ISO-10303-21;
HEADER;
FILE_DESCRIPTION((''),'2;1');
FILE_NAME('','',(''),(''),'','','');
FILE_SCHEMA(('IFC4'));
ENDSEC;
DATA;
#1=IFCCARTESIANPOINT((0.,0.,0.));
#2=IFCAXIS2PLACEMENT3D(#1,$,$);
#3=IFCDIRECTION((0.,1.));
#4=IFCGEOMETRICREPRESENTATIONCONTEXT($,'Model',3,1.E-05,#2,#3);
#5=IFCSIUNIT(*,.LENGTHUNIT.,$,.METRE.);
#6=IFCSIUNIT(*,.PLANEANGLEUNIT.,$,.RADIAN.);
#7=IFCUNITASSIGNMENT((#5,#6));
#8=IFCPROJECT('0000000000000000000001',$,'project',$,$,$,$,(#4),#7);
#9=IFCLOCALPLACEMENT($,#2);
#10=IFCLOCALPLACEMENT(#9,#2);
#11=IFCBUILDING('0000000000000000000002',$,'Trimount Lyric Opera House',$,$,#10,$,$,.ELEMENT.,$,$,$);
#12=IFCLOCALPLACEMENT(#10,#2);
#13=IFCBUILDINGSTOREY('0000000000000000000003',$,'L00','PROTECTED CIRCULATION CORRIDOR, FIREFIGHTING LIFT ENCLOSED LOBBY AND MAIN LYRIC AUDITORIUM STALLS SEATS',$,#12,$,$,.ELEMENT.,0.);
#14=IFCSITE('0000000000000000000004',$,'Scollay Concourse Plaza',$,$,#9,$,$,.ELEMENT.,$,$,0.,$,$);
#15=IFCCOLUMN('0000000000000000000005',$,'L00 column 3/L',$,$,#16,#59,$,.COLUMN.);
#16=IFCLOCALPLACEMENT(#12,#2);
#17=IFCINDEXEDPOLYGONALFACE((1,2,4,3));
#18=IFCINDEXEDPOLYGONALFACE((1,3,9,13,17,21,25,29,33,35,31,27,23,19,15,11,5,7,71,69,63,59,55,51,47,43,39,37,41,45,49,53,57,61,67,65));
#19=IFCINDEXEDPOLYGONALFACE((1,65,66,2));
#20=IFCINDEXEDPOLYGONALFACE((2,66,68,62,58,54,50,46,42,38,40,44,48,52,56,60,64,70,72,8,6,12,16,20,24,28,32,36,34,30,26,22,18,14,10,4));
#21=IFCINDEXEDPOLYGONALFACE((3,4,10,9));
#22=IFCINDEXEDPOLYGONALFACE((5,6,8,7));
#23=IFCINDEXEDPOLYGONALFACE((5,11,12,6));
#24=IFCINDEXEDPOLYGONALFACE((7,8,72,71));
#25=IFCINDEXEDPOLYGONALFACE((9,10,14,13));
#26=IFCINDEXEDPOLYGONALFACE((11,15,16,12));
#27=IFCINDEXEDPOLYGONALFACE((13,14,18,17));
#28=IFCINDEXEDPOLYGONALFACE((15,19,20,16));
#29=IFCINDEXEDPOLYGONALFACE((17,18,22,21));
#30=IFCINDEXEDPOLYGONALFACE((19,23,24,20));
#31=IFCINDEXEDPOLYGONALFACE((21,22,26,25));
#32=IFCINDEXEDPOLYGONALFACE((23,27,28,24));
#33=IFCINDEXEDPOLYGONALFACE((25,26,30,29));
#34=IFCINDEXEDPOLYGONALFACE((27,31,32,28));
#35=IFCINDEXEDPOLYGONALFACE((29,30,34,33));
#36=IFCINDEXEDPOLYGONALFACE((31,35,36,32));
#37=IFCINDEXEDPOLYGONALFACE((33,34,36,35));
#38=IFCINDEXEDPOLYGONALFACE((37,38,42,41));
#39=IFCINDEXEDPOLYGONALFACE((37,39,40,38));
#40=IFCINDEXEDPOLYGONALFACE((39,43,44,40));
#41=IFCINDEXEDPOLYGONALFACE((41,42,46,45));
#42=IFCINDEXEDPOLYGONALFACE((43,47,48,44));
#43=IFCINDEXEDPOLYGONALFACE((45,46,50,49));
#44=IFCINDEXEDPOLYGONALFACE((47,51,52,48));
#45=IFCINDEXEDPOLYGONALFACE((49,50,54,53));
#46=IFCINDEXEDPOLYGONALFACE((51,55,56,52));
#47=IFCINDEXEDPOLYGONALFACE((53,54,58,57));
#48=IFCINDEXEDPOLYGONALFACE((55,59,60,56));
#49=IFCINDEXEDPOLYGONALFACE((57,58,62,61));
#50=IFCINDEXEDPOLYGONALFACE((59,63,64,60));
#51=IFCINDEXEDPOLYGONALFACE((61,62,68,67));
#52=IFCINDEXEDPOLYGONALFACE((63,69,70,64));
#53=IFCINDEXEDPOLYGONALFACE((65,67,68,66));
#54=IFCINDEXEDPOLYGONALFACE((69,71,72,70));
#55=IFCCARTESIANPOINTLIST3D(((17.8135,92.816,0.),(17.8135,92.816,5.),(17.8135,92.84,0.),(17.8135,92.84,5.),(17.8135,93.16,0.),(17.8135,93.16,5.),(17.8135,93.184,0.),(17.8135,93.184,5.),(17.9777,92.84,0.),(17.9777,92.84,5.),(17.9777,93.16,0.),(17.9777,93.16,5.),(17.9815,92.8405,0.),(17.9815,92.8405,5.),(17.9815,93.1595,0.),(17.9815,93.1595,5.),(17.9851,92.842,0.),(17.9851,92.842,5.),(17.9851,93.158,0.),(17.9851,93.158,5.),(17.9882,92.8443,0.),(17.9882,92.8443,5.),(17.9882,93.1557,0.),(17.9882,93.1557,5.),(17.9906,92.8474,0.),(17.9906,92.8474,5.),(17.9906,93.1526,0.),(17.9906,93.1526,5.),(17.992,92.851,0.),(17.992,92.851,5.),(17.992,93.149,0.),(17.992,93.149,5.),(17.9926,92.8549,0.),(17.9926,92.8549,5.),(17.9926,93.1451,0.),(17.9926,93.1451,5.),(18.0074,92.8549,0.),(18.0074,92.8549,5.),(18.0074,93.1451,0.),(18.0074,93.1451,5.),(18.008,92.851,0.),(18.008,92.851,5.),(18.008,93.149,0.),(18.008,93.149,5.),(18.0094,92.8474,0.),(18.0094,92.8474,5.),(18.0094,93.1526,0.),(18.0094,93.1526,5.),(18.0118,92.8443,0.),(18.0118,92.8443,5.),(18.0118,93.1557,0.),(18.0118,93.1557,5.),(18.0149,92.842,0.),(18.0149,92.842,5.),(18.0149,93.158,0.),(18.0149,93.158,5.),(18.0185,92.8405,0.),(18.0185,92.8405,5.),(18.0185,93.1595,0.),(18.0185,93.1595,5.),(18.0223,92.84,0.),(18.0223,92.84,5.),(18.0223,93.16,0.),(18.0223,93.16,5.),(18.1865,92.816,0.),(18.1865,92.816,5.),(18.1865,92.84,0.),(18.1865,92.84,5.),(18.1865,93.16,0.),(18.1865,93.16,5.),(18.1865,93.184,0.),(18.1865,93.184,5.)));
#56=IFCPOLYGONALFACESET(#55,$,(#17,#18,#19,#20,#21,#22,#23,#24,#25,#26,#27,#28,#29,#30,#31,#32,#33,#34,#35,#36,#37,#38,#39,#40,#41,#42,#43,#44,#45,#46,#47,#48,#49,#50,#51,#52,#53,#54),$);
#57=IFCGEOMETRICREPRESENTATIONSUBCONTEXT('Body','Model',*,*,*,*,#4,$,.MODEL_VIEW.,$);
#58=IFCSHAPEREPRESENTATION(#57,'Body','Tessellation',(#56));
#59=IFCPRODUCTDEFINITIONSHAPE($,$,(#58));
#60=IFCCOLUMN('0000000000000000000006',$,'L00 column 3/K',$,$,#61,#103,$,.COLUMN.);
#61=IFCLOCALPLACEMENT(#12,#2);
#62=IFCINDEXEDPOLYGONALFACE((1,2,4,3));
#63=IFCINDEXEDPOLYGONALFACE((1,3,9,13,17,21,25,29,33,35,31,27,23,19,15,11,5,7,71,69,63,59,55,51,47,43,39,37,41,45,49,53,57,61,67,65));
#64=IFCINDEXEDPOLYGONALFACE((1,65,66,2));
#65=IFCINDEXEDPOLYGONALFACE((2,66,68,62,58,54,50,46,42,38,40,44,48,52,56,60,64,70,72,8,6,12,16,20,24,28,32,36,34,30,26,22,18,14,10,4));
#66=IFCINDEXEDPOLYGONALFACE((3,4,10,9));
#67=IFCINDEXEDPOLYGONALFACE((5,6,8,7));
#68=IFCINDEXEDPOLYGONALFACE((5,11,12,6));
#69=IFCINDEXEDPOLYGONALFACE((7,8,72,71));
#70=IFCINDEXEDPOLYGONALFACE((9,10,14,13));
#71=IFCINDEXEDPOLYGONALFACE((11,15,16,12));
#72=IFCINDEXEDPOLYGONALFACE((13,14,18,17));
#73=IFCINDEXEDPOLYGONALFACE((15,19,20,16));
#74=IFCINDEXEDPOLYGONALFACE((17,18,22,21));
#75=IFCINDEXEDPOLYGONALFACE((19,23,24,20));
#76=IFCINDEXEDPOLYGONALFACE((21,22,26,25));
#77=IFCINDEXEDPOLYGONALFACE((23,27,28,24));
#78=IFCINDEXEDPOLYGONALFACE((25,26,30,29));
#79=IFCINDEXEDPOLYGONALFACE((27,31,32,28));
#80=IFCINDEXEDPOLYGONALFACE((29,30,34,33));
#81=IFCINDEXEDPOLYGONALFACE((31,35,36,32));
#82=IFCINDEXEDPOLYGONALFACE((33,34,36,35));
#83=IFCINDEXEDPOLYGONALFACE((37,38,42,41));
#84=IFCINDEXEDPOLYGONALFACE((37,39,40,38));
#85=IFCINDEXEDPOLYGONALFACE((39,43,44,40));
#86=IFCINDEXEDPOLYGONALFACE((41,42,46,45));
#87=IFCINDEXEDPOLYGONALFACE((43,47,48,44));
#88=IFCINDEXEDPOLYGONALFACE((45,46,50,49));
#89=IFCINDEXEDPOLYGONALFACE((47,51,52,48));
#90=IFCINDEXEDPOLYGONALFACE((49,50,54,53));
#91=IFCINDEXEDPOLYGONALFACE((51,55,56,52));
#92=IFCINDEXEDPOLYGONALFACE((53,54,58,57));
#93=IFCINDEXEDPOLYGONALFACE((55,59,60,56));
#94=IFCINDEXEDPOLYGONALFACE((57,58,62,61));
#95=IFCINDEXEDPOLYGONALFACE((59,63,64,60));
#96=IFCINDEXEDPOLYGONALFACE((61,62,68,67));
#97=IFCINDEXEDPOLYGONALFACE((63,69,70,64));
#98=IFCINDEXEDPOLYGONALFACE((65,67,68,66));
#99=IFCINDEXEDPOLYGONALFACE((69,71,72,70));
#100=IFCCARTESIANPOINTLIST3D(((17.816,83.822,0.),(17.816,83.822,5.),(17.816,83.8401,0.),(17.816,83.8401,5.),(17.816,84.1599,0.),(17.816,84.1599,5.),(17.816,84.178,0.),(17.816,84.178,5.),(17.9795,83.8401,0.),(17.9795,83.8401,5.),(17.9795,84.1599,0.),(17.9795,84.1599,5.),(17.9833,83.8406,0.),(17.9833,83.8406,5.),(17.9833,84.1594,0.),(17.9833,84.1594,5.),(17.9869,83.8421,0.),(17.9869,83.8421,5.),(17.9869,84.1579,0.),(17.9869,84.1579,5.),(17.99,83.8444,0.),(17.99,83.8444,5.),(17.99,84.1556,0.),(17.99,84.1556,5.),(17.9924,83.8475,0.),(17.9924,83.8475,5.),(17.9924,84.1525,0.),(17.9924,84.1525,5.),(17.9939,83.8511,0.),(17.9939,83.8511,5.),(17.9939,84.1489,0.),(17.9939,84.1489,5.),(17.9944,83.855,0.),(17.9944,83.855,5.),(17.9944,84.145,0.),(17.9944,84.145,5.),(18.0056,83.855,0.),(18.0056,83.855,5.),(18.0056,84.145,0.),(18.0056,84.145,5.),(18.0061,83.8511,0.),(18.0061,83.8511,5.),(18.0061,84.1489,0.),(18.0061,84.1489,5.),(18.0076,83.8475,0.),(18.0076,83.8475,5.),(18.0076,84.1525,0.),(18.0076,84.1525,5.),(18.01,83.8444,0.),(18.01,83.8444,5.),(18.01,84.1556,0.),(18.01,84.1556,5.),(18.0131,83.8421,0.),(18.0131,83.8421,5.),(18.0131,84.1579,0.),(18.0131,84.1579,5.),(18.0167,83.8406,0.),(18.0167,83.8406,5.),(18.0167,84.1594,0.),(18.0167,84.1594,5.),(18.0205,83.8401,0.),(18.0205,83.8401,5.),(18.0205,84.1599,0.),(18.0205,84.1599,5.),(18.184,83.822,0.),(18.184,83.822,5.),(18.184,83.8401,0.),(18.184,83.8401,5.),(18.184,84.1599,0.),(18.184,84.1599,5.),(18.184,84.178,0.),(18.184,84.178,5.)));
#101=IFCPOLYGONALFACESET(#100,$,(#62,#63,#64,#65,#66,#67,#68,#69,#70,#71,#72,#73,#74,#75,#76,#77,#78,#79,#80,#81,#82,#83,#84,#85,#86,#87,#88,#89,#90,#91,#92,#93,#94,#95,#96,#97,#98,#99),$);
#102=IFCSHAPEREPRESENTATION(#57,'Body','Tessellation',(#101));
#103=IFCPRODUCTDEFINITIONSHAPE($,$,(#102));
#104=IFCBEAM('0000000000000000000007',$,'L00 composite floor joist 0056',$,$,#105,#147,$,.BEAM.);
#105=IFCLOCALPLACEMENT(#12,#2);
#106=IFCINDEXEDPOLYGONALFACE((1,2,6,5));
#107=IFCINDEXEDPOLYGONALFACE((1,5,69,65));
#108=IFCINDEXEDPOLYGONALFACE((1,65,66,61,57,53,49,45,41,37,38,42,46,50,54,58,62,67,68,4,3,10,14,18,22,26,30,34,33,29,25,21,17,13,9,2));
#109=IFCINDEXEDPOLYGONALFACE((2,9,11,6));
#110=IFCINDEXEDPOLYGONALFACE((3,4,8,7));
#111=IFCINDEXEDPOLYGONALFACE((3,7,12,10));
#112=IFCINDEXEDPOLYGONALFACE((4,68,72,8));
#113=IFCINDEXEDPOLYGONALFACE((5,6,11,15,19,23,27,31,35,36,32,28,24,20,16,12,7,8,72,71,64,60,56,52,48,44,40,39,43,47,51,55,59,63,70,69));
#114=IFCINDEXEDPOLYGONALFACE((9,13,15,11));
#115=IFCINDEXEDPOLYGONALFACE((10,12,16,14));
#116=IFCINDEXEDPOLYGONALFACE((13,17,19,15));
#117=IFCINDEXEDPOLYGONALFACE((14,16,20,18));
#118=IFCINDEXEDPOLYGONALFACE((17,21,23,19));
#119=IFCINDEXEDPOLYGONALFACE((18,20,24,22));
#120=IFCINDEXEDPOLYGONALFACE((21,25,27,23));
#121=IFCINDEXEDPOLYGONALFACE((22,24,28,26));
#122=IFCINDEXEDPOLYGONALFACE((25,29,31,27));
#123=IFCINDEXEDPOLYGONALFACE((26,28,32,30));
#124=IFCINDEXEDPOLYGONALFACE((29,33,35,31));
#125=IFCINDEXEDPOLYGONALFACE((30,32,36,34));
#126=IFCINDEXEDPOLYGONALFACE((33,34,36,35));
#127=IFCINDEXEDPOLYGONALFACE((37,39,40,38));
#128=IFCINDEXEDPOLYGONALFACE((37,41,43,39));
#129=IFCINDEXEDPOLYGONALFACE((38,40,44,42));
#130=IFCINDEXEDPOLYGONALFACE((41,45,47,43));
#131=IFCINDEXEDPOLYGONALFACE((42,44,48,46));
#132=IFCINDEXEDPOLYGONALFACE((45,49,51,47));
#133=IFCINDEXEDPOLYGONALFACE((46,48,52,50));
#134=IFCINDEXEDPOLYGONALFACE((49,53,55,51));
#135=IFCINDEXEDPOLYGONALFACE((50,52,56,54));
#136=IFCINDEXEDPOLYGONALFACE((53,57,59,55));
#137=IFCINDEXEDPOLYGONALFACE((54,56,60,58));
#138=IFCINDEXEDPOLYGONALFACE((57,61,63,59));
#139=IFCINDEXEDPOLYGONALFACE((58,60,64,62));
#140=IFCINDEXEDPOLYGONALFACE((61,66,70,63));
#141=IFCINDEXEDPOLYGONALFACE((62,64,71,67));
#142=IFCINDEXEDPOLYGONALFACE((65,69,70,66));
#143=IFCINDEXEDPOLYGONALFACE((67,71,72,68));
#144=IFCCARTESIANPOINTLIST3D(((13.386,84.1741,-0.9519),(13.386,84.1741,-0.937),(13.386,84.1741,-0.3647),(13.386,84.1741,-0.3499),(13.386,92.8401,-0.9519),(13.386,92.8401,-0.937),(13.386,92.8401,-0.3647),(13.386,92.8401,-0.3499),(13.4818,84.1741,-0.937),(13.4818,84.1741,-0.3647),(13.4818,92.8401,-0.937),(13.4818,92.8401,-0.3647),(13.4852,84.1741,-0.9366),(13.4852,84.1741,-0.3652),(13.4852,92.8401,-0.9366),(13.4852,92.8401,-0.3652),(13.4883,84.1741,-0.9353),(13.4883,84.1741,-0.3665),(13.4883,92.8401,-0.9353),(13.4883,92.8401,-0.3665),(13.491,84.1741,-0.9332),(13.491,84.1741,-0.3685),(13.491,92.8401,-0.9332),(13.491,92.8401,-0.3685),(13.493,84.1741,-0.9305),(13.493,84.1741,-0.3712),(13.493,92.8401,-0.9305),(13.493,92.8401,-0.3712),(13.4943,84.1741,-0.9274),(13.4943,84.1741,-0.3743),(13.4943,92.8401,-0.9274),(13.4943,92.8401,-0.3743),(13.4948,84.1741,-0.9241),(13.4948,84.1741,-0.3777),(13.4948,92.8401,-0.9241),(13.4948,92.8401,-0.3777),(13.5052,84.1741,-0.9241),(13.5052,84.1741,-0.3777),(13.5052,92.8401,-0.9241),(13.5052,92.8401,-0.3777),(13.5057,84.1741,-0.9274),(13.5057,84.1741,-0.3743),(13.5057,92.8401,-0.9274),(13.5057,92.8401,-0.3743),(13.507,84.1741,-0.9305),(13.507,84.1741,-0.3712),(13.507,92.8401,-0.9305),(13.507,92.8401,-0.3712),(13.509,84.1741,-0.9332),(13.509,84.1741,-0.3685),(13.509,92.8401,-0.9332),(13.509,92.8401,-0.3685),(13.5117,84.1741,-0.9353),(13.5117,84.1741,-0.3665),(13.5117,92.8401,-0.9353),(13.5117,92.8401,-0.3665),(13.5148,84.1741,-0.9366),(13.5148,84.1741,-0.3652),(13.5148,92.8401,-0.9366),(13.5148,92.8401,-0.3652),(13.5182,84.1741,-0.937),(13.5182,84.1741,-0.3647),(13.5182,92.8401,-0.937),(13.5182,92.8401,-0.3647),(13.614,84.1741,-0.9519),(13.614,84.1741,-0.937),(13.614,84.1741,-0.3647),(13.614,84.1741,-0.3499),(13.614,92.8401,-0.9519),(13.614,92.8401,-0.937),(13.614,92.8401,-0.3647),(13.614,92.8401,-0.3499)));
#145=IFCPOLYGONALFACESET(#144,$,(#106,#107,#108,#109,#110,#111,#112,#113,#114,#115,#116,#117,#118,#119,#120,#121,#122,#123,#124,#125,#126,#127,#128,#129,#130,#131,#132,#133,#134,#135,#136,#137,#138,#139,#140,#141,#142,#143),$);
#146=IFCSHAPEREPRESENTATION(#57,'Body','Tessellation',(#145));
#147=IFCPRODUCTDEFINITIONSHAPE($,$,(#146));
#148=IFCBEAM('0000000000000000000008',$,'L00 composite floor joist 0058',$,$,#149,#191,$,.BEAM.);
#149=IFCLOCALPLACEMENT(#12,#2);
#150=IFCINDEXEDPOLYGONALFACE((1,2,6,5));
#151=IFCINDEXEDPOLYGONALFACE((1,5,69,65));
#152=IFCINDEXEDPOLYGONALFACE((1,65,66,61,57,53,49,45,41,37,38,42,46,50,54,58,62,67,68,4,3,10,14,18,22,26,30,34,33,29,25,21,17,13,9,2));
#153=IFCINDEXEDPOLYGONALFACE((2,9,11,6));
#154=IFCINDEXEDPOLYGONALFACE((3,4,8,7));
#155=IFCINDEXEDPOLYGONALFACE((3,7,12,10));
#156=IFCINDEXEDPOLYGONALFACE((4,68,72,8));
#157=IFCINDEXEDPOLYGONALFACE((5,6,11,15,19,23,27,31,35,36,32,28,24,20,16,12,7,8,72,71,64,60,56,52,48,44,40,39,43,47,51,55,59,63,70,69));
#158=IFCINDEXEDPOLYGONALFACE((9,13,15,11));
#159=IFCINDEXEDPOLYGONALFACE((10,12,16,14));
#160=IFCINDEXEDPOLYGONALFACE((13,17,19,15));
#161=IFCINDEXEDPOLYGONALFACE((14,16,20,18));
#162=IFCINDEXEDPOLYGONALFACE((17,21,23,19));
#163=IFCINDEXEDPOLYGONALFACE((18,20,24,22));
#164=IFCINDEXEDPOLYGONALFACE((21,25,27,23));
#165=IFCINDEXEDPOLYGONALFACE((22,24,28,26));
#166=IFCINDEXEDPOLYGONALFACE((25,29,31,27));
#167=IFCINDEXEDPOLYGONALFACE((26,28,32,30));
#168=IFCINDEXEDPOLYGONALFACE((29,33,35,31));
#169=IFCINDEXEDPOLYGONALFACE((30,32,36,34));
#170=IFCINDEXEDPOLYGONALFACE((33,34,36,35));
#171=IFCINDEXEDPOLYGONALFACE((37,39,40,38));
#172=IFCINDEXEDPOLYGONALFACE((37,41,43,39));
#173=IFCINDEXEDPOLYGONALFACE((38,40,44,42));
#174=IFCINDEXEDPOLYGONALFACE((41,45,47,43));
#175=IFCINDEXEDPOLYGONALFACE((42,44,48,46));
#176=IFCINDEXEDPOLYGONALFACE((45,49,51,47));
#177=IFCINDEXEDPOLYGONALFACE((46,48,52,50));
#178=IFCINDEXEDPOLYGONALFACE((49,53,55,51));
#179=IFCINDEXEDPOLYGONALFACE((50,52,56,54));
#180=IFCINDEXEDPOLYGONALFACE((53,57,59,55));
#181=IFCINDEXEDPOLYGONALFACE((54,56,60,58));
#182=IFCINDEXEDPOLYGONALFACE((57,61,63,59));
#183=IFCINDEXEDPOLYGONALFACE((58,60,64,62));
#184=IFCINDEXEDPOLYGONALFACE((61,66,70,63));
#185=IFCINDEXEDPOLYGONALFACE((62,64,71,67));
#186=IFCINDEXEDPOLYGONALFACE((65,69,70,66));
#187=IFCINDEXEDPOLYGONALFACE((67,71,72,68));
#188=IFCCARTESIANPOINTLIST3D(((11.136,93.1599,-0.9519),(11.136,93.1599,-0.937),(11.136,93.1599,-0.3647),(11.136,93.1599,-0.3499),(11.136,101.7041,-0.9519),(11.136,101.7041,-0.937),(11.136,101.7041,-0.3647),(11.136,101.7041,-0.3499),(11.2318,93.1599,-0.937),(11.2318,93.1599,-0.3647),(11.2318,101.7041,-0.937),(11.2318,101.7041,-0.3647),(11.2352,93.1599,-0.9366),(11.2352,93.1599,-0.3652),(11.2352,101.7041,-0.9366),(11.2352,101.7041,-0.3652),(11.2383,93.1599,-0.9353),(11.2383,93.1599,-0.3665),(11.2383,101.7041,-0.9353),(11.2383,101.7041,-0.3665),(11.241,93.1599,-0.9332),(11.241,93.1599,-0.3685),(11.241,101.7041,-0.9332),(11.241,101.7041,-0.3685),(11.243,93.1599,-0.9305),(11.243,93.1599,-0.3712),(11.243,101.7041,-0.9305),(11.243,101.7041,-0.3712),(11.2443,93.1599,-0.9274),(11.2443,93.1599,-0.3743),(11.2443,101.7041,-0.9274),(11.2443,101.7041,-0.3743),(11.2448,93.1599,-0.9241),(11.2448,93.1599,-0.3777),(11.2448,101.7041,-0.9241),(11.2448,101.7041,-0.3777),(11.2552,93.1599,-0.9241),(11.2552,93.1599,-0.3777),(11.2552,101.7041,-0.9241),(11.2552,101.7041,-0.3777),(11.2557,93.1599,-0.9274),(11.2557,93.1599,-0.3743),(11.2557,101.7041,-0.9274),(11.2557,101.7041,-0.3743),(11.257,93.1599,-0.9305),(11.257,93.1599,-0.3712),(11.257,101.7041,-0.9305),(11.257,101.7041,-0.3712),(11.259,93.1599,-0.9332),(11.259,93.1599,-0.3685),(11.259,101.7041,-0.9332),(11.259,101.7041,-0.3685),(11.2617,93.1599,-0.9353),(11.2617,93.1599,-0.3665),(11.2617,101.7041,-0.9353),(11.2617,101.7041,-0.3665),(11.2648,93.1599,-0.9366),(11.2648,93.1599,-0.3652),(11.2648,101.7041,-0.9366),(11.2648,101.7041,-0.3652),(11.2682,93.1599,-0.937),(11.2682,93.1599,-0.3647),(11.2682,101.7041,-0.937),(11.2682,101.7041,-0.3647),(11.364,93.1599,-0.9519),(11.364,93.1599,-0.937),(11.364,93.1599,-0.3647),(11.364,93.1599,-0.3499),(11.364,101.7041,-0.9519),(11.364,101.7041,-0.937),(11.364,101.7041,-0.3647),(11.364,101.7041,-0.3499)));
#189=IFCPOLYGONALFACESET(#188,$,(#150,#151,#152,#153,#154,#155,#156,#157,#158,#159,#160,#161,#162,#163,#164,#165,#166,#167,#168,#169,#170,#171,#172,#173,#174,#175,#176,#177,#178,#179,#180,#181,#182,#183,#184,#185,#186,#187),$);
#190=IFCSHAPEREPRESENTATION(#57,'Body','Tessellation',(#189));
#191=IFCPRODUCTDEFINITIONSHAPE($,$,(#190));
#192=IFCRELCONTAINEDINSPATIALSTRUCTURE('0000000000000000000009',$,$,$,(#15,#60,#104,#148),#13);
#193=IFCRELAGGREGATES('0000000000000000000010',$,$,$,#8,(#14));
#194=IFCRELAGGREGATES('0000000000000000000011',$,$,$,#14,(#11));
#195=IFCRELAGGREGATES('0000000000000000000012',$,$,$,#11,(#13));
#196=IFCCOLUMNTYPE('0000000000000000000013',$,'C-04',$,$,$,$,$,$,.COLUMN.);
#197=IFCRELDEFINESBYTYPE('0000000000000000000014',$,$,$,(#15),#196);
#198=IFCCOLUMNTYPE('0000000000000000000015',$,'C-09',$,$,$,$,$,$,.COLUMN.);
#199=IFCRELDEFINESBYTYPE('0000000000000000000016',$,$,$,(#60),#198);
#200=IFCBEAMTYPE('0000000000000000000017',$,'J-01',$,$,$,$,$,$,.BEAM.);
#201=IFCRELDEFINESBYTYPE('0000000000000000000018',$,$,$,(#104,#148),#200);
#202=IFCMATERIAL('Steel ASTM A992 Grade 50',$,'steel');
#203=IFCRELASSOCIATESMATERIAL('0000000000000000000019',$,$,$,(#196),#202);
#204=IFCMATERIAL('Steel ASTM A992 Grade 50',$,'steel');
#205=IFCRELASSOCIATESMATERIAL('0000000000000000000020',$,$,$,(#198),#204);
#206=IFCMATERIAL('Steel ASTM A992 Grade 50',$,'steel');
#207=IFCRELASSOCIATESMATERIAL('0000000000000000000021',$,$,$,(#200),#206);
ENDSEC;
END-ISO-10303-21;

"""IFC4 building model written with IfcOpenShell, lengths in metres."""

from ifc_helpers import new_model, si_unit, direction, frame, origin, origin_2d, place, context, subcontext, project, spatial, i_section, extrude, material, material_profile, profile_set, type_object, element, save


model = new_model("IFC4")

# Units and contexts
model_context = context("Model", 3, precision=1e-05, world=origin(), true_north=direction((0.0, 1.0)))
body_context = subcontext(model_context, "Body", "Model", "MODEL_VIEW")
ifc_project = project(units=[si_unit("LENGTHUNIT", "METRE"), si_unit("PLANEANGLEUNIT", "RADIAN")], contexts=[model_context])

# Site, building, storey
site_placement = place(None, origin())
site = spatial("IfcSite", under=ifc_project, at=site_placement, Name="Scollay Concourse Plaza", CompositionType="ELEMENT", RefElevation=0.0)
building_placement = place(site_placement, origin())
building = spatial("IfcBuilding", under=site, at=building_placement, Name="Trimount Lyric Opera House", CompositionType="ELEMENT")
storey_placement = place(building_placement, origin())
storey = spatial("IfcBuildingStorey", under=building, at=storey_placement, Name="L00", Description="PROTECTED CIRCULATION CORRIDOR, FIREFIGHTING LIFT ENCLOSED LOBBY AND MAIN LYRIC AUDITORIUM STALLS SEATS", CompositionType="ELEMENT", Elevation=0.0)

# Columns
ifc_material_1 = material(Name="Steel ASTM A992 Grade 50", Category="steel")
ifc_material_profile_1 = material_profile(ifc_material_1, i_section(OverallWidth=0.373, OverallDepth=0.3679, WebThickness=0.0149, FlangeThickness=0.0239, FilletRadius=0.0149, at=origin_2d()), Name="W14X120")
ifc_profile_set_1 = profile_set([ifc_material_profile_1], Name="Steel ASTM A992 Grade 50")
column_type_1 = type_object("IfcColumnType", Name="C-04", PredefinedType="COLUMN", material=ifc_profile_set_1)
column_1_placement = place(storey_placement, frame((18.0, 93.0, 0.0), z_axis=(0.0, 0.0, 1.0), x_axis=(1.0, 0.0, 0.0)))
element("IfcColumn", 1, at=column_1_placement, inside=storey, type_object=column_type_1, Name="L00 column 3/L", PredefinedType="COLUMN", context=body_context, shape_type="SweptSolid", body=[
    extrude(i_section(OverallWidth=0.373, OverallDepth=0.3679, WebThickness=0.0149, FlangeThickness=0.0239, FilletRadius=0.0149, at=origin_2d()), origin(), (0.0, 0.0, 1.0), 5.0),
])
ifc_material_2 = material(Name="Steel ASTM A992 Grade 50", Category="steel")
ifc_material_profile_2 = material_profile(ifc_material_2, i_section(OverallWidth=0.3679, OverallDepth=0.356, WebThickness=0.0112, FlangeThickness=0.0181, FilletRadius=0.0149, at=origin_2d()), Name="W14X90")
ifc_profile_set_2 = profile_set([ifc_material_profile_2], Name="Steel ASTM A992 Grade 50")
column_type_2 = type_object("IfcColumnType", Name="C-09", PredefinedType="COLUMN", material=ifc_profile_set_2)
column_2_placement = place(storey_placement, frame((18.0, 84.0, 0.0), z_axis=(0.0, 0.0, 1.0), x_axis=(1.0, 0.0, 0.0)))
element("IfcColumn", 2, at=column_2_placement, inside=storey, type_object=column_type_2, Name="L00 column 3/K", PredefinedType="COLUMN", context=body_context, shape_type="SweptSolid", body=[
    extrude(i_section(OverallWidth=0.3679, OverallDepth=0.356, WebThickness=0.0112, FlangeThickness=0.0181, FilletRadius=0.0149, at=origin_2d()), origin(), (0.0, 0.0, 1.0), 5.0),
])

# Beams
ifc_material_3 = material(Name="Steel ASTM A992 Grade 50", Category="steel")
ifc_material_profile_3 = material_profile(ifc_material_3, i_section(OverallWidth=0.228, OverallDepth=0.6021, WebThickness=0.0105, FlangeThickness=0.0149, FilletRadius=0.0129, at=origin_2d()), Name="W24X68")
ifc_profile_set_3 = profile_set([ifc_material_profile_3], Name="Steel ASTM A992 Grade 50")
beam_type_1 = type_object("IfcBeamType", Name="J-01", PredefinedType="BEAM", material=ifc_profile_set_3)
beam_1_placement = place(storey_placement, frame((13.5, 84.1741, -0.6509), z_axis=(0.0, 1.0, 0.0), x_axis=(-1.0, 0.0, 0.0)))
element("IfcBeam", 3, at=beam_1_placement, inside=storey, type_object=beam_type_1, Name="L00 composite floor joist 0056", PredefinedType="BEAM", context=body_context, shape_type="SweptSolid", body=[
    extrude(i_section(OverallWidth=0.228, OverallDepth=0.6021, WebThickness=0.0105, FlangeThickness=0.0149, FilletRadius=0.0129, at=origin_2d()), origin(), (0.0, 0.0, 1.0), 8.666),
])
beam_2_placement = place(storey_placement, frame((11.25, 93.1599, -0.6509), z_axis=(0.0, 1.0, 0.0), x_axis=(-1.0, 0.0, 0.0)))
element("IfcBeam", 4, at=beam_2_placement, inside=storey, type_object=beam_type_1, Name="L00 composite floor joist 0058", PredefinedType="BEAM", context=body_context, shape_type="SweptSolid", body=[
    extrude(i_section(OverallWidth=0.228, OverallDepth=0.6021, WebThickness=0.0105, FlangeThickness=0.0149, FilletRadius=0.0129, at=origin_2d()), origin(), (0.0, 0.0, 1.0), 8.5442),
])

save(model, "model.ifc")
